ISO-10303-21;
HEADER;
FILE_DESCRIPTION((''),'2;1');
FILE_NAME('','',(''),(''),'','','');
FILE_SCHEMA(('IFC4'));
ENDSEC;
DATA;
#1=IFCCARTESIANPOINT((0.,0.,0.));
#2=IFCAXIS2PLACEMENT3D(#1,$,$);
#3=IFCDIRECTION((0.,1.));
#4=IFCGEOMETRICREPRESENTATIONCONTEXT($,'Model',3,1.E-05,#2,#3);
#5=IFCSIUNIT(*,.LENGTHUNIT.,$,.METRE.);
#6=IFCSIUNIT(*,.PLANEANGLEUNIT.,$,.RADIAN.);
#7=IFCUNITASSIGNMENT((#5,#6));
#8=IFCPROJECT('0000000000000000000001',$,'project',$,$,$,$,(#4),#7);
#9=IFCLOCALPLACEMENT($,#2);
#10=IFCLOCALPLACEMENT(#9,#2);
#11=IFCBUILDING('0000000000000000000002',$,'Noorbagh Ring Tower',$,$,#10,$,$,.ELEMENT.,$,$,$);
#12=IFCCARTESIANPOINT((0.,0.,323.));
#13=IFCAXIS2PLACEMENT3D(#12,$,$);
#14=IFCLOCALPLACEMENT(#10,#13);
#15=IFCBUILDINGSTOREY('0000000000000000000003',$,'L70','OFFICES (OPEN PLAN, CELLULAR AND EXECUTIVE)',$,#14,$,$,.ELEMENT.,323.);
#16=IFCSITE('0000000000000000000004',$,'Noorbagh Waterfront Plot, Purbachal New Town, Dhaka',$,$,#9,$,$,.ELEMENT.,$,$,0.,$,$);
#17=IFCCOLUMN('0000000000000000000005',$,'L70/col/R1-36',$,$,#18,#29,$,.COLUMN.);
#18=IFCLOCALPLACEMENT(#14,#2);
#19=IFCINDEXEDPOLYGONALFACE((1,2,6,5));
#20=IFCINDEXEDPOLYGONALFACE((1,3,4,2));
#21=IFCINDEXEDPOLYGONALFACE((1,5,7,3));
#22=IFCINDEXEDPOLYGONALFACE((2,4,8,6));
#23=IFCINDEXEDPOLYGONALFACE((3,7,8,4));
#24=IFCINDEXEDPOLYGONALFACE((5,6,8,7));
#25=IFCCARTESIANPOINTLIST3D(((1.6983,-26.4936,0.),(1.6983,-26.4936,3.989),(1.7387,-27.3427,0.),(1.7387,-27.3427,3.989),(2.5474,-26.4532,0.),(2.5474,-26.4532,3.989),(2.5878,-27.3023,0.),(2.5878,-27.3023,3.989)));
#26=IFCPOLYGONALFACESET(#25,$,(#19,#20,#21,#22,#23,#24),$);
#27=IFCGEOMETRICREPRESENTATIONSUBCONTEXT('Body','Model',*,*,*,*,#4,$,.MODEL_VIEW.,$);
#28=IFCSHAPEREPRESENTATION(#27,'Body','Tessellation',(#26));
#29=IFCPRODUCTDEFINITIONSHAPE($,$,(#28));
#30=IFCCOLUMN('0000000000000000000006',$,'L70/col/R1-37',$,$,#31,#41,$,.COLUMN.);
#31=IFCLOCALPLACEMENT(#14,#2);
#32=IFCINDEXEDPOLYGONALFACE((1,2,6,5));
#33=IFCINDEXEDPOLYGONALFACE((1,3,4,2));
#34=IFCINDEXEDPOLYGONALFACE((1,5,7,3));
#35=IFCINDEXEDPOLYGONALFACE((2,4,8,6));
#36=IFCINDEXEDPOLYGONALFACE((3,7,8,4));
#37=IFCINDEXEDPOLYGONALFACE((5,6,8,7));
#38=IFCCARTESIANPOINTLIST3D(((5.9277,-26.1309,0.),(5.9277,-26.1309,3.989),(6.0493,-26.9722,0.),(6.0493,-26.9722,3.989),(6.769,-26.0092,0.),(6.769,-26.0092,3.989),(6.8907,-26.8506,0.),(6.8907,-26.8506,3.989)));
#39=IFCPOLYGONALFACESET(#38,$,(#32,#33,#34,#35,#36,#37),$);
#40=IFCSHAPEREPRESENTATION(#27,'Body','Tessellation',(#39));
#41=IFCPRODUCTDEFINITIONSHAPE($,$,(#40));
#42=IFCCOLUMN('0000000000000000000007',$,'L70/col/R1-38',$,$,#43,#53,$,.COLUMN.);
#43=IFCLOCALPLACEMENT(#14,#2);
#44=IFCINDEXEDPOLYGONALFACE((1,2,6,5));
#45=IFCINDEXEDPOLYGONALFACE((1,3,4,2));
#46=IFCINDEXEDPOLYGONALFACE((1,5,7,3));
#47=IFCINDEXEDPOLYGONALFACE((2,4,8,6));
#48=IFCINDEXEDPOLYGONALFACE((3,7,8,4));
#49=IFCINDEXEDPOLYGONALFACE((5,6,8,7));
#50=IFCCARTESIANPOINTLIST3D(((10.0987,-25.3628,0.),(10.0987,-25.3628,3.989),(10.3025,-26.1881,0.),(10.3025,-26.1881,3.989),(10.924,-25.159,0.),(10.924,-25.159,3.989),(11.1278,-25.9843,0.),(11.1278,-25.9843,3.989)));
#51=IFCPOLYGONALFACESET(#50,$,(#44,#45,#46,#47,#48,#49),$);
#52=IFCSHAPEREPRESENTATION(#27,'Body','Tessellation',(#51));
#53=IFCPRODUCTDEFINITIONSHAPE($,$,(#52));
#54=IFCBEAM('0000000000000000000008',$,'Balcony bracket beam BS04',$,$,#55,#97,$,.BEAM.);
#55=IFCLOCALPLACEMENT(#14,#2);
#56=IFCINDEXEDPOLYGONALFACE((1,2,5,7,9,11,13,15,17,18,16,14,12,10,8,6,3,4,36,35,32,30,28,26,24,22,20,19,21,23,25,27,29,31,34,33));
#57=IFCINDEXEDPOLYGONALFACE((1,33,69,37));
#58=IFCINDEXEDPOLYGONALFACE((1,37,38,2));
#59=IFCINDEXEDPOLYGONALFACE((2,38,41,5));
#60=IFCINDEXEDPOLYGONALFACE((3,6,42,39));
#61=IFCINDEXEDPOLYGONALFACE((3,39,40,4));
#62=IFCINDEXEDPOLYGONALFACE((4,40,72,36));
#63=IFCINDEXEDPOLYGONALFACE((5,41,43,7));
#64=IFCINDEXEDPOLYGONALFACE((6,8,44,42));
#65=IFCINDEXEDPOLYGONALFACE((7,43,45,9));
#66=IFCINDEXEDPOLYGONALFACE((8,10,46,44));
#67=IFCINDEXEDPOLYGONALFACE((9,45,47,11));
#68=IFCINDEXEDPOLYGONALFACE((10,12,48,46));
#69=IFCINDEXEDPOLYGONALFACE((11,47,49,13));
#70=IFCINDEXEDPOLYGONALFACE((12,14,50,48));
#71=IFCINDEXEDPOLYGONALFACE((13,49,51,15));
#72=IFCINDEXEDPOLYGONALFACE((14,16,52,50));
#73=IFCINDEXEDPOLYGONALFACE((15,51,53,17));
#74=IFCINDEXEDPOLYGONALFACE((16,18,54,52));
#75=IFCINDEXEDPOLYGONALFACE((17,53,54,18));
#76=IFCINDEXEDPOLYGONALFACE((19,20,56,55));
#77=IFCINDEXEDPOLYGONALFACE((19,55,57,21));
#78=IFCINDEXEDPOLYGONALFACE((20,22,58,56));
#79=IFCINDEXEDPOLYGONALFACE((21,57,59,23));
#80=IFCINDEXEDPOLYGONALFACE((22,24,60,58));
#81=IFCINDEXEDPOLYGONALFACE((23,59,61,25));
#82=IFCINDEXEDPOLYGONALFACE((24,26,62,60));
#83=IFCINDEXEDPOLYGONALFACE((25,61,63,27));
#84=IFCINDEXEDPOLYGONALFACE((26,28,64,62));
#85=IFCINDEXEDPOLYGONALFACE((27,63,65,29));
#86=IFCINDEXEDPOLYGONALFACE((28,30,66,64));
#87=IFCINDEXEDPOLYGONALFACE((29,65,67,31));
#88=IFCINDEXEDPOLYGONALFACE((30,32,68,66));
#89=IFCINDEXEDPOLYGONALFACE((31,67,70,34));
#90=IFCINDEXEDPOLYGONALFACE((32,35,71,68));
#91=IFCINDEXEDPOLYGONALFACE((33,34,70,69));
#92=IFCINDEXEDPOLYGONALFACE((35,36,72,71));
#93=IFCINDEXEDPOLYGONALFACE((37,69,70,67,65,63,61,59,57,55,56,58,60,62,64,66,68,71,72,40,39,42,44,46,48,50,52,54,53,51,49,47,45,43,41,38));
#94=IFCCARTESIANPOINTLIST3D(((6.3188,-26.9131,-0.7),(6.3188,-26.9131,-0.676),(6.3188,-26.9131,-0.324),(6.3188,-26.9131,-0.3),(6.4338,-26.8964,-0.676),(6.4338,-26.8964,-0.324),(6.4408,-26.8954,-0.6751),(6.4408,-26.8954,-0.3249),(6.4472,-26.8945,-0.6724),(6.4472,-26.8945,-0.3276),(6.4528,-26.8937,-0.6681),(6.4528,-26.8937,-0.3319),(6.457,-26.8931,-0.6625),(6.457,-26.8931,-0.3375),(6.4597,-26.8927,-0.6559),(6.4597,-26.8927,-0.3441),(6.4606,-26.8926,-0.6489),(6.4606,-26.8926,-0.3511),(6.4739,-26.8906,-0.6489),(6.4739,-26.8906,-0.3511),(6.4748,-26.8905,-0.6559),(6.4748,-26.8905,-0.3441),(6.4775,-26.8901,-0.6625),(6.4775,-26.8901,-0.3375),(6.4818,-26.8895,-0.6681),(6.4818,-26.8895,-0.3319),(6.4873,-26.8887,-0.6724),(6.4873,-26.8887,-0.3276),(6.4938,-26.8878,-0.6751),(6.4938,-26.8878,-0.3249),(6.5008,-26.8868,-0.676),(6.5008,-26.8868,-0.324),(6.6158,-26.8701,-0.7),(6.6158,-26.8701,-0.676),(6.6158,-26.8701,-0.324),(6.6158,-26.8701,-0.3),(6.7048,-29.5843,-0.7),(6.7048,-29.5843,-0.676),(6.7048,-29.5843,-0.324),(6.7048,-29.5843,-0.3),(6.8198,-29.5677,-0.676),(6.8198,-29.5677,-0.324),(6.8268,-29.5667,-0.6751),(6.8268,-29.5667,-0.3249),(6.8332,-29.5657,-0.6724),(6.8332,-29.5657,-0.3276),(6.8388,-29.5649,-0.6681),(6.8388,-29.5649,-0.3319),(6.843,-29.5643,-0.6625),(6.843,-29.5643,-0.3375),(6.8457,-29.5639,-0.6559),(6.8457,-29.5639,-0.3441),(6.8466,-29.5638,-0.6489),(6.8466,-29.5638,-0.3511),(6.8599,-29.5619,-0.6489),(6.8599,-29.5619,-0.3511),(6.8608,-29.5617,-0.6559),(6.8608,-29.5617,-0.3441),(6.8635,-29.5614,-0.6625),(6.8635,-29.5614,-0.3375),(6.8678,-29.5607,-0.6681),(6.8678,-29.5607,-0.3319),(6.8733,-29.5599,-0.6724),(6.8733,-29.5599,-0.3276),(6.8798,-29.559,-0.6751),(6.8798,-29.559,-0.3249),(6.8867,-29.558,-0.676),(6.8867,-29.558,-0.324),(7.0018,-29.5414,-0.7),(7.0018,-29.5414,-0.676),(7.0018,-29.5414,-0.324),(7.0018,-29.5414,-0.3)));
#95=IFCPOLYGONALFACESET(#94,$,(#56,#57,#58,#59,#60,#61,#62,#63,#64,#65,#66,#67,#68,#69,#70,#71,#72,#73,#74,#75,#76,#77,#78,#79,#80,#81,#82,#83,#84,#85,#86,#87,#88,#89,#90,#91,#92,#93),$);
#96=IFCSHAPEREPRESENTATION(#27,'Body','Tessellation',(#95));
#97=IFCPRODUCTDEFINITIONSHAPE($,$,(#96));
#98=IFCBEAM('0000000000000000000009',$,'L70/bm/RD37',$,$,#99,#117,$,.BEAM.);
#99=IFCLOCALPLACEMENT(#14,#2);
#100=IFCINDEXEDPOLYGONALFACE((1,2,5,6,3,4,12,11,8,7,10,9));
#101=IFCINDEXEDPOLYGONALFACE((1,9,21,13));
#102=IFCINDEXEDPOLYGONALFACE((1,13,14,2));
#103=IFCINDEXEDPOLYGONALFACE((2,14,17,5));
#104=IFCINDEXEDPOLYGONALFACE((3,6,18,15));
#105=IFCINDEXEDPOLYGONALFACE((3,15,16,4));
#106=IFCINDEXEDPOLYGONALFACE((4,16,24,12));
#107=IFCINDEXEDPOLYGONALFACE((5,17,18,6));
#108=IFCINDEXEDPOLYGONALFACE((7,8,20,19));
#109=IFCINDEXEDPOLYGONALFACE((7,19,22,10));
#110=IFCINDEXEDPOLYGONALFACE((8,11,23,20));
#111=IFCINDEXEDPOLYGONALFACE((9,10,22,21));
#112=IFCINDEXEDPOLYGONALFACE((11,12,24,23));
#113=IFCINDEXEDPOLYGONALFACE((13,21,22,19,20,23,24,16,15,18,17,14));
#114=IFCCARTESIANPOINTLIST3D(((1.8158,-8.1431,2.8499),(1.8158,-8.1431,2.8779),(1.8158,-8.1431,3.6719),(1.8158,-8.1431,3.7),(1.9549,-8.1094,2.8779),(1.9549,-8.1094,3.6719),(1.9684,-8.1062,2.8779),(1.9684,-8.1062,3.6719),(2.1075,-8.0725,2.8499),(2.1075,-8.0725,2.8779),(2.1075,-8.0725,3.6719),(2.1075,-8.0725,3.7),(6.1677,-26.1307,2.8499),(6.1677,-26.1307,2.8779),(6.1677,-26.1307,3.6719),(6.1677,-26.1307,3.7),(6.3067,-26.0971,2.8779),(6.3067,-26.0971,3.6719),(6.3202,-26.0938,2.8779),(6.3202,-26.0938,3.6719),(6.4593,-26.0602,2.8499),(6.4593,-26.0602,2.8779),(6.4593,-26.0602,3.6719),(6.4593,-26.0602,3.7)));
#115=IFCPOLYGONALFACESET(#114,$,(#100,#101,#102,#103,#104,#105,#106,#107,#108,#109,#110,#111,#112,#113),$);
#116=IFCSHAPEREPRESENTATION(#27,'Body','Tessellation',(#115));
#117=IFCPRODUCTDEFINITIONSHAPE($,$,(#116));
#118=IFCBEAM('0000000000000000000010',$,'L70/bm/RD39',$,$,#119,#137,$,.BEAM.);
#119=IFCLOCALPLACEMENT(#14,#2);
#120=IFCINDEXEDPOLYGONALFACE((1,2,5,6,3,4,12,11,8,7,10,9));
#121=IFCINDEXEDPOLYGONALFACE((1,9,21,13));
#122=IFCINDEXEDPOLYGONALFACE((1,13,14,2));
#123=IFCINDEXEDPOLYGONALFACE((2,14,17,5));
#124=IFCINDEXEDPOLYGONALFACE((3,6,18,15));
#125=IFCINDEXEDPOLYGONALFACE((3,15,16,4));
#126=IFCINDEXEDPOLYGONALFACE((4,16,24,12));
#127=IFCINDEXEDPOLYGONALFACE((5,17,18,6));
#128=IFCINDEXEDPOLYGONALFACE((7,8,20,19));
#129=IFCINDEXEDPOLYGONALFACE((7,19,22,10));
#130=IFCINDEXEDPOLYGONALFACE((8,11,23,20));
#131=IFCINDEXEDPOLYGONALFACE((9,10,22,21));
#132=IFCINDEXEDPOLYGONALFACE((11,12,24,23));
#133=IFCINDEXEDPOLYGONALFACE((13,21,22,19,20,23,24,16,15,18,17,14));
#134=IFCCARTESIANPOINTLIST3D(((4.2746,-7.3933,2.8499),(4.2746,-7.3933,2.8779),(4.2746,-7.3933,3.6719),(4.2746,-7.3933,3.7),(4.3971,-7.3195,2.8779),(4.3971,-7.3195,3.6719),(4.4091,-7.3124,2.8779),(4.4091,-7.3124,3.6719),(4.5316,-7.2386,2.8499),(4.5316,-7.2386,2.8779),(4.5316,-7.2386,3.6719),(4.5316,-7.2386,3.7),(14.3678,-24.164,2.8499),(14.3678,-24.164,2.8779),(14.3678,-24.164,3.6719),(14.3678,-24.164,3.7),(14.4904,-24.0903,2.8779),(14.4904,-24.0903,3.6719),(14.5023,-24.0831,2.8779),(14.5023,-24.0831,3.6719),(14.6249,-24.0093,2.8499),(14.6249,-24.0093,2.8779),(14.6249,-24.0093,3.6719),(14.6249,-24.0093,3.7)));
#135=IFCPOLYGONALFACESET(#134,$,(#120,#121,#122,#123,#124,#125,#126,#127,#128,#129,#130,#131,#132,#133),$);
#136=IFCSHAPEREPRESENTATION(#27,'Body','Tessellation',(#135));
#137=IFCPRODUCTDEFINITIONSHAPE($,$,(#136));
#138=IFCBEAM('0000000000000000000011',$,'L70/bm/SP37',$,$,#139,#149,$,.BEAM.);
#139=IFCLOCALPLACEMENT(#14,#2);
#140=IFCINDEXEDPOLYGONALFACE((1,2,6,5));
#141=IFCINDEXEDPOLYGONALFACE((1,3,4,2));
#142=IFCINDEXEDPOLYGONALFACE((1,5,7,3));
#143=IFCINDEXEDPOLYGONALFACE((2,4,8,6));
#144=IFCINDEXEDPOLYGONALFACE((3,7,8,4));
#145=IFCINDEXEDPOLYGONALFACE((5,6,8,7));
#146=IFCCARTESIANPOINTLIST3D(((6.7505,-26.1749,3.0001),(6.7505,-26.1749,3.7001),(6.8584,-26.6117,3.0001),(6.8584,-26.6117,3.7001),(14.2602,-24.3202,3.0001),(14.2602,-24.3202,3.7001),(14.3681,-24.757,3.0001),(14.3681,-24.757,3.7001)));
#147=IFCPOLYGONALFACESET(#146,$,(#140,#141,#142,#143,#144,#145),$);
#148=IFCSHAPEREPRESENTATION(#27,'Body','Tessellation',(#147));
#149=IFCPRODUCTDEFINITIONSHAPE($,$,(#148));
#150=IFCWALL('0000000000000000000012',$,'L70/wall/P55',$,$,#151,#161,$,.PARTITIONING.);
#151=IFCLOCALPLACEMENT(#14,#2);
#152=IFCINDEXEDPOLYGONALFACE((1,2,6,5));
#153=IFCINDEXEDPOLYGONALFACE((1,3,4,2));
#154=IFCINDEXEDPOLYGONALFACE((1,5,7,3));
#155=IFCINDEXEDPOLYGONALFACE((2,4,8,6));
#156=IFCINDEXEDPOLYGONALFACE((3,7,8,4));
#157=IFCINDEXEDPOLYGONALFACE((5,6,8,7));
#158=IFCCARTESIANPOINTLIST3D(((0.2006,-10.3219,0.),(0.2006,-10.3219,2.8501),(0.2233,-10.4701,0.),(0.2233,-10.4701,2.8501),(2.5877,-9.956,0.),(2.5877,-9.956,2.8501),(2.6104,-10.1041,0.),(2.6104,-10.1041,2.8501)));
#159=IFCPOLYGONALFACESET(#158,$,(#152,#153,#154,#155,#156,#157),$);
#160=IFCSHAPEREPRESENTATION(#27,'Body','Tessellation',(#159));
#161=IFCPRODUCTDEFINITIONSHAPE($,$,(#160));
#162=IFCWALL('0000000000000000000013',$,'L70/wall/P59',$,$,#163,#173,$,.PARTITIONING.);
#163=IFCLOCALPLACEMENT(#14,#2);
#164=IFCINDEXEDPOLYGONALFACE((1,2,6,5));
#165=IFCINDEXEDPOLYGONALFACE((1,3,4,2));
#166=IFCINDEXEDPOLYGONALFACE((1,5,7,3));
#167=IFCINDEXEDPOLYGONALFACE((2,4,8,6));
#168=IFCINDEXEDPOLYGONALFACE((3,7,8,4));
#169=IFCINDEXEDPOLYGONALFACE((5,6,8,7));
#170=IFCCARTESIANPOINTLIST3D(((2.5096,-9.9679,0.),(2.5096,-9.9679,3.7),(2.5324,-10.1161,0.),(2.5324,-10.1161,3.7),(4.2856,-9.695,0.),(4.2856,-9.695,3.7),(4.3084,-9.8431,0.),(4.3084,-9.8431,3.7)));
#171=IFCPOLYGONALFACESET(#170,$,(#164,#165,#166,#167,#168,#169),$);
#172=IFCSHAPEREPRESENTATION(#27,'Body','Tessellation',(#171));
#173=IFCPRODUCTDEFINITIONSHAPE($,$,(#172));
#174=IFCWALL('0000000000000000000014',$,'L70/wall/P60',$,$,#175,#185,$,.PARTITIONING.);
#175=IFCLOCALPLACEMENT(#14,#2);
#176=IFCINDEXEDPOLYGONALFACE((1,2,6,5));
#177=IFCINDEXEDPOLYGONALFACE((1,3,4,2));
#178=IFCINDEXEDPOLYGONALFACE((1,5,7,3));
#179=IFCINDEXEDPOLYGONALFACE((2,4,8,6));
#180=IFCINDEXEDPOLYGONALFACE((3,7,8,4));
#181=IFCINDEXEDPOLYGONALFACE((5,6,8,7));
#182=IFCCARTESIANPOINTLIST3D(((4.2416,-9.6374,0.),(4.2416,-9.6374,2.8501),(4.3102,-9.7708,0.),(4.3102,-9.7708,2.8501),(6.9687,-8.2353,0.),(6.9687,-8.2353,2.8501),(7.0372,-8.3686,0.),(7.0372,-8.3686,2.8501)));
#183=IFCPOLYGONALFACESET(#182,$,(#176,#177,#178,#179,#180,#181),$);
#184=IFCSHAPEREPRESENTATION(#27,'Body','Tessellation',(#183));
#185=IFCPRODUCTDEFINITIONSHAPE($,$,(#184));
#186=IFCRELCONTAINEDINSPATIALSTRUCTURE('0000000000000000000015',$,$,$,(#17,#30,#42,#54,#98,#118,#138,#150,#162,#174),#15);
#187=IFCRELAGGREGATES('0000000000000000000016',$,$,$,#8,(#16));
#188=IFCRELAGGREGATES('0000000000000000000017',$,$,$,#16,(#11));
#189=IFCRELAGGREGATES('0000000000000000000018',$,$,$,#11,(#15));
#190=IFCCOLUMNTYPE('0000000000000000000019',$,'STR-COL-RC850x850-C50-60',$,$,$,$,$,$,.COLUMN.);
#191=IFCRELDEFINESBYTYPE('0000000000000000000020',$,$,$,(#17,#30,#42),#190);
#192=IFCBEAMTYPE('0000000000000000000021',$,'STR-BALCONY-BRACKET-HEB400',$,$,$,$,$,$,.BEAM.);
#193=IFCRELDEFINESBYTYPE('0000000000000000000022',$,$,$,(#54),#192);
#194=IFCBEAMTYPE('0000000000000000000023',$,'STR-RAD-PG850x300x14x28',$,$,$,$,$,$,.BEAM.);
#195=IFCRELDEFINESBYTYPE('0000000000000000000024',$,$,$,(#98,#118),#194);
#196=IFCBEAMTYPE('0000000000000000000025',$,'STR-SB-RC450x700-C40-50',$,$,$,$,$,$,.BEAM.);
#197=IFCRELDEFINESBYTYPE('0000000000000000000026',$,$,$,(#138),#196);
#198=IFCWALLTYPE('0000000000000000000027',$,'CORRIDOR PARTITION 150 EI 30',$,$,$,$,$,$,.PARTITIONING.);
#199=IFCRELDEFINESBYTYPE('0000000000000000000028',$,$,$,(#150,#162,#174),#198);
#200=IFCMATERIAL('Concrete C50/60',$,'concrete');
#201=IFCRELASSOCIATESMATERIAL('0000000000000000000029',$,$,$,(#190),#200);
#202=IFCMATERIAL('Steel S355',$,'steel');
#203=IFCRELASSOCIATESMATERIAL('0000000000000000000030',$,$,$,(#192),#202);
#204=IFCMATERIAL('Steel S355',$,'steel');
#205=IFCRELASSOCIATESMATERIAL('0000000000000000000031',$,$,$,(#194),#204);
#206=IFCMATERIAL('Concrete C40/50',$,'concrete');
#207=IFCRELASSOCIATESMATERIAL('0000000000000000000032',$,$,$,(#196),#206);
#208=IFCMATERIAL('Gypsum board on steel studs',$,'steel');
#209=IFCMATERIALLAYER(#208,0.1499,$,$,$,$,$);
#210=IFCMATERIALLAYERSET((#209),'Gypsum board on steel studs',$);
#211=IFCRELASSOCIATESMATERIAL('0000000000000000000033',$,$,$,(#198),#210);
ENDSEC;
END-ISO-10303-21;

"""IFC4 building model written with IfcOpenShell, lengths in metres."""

from ifc_helpers import new_model, si_unit, direction, frame, frame_2d, origin, origin_2d, place, context, subcontext, project, spatial, rectangle, i_section, extrude, material, layer, layer_set, material_profile, profile_set, type_object, element, save


model = new_model("IFC4")

# Units and contexts
model_context = context("Model", 3, precision=1e-05, world=origin(), true_north=direction((0.0, 1.0)))
body_context = subcontext(model_context, "Body", "Model", "MODEL_VIEW")
ifc_project = project(units=[si_unit("LENGTHUNIT", "METRE"), si_unit("PLANEANGLEUNIT", "RADIAN")], contexts=[model_context])

# Site, building, storey
site_placement = place(None, origin())
site = spatial("IfcSite", under=ifc_project, at=site_placement, Name="Noorbagh Waterfront Plot, Purbachal New Town, Dhaka", CompositionType="ELEMENT", RefElevation=0.0)
building_placement = place(site_placement, origin())
building = spatial("IfcBuilding", under=site, at=building_placement, Name="Noorbagh Ring Tower", CompositionType="ELEMENT")
storey_placement = place(building_placement, frame((0.0, 0.0, 323.0)))
storey = spatial("IfcBuildingStorey", under=building, at=storey_placement, Name="L70", Description="OFFICES (OPEN PLAN, CELLULAR AND EXECUTIVE)", CompositionType="ELEMENT", Elevation=323.0)

# Columns
ifc_material_1 = material(Name="Concrete C50/60", Category="concrete")
ifc_material_profile_1 = material_profile(ifc_material_1, rectangle(XDim=0.8501, YDim=0.8501, at=origin_2d()), Name="RC850x850")
ifc_profile_set_1 = profile_set([ifc_material_profile_1], Name="Concrete C50/60")
column_type = type_object("IfcColumnType", Name="STR-COL-RC850x850-C50-60", PredefinedType="COLUMN", material=ifc_profile_set_1)
for number, where, z_axis, x_axis, name in (
    (1, (2.1431, -26.8979, 0.0), (0.0, 0.0, 1.0), (0.998869, 0.047553, 0.0), "L70/col/R1-36"),
    (2, (6.4092, -26.4907, 0.0), (0.0, 0.0, 1.0), (0.989713, 0.143066, 0.0), "L70/col/R1-37"),
    (3, (10.6133, -25.6736, 0.0), (0.0, 0.0, 1.0), (0.970829, 0.239771, 0.0), "L70/col/R1-38"),
):
    element("IfcColumn", number, at=place(storey_placement, frame(where, z_axis=z_axis, x_axis=x_axis)), inside=storey, type_object=column_type, Name=name, PredefinedType="COLUMN", context=body_context, shape_type="SweptSolid", body=[
        extrude(rectangle(XDim=0.8501, YDim=0.8501, at=origin_2d()), origin(), (0.0, 0.0, 1.0), 3.989),
    ])

# Beams
ifc_material_2 = material(Name="Steel S355", Category="steel")
ifc_material_profile_2 = material_profile(ifc_material_2, i_section(OverallWidth=0.3, OverallDepth=0.3999, WebThickness=0.0134, FlangeThickness=0.0239, FilletRadius=0.0271, at=origin_2d()), Name="HEB400")
ifc_profile_set_2 = profile_set([ifc_material_profile_2], Name="Steel S355")
beam_type_1 = type_object("IfcBeamType", Name="STR-BALCONY-BRACKET-HEB400", PredefinedType="BEAM", material=ifc_profile_set_2)
beam_1_placement = place(storey_placement, frame((6.4673, -26.8916, -0.5), z_axis=(0.143017, -0.98972, 0.0), x_axis=(0.98972, 0.143017, 0.0)))
element("IfcBeam", 4, at=beam_1_placement, inside=storey, type_object=beam_type_1, Name="Balcony bracket beam BS04", PredefinedType="BEAM", context=body_context, shape_type="SweptSolid", body=[
    extrude(i_section(OverallWidth=0.3, OverallDepth=0.3999, WebThickness=0.0134, FlangeThickness=0.0239, FilletRadius=0.0271, at=origin_2d()), origin(), (0.0, 0.0, 1.0), 2.699),
])
ifc_material_3 = material(Name="Steel S355", Category="steel")
ifc_material_profile_3 = material_profile(ifc_material_3, i_section(OverallWidth=0.3, OverallDepth=0.8501, WebThickness=0.0139, FlangeThickness=0.0281, at=origin_2d()), Name="PG850x300x14x28")
ifc_profile_set_3 = profile_set([ifc_material_profile_3], Name="Steel S355")
beam_type_2 = type_object("IfcBeamType", Name="STR-RAD-PG850x300x14x28", PredefinedType="BEAM", material=ifc_profile_set_3)
beam_2_placement = place(storey_placement, frame((6.3135, -26.0955, 3.2749), z_axis=(-0.23515, 0.971959, 0.0), x_axis=(-0.971959, -0.23515, 0.0)))
element("IfcBeam", 5, at=beam_2_placement, inside=storey, type_object=beam_type_2, Name="L70/bm/RD37", PredefinedType="BEAM", context=body_context, shape_type="SweptSolid", body=[
    extrude(i_section(OverallWidth=0.3, OverallDepth=0.8501, WebThickness=0.0139, FlangeThickness=0.0281, at=origin_2d()), origin(), (0.0, 0.0, 1.0), 18.5066),
])
beam_3_placement = place(storey_placement, frame((14.4963, -24.0867, 3.2749), z_axis=(-0.515653, 0.856798, 0.0), x_axis=(-0.856798, -0.515653, 0.0)))
element("IfcBeam", 6, at=beam_3_placement, inside=storey, type_object=beam_type_2, Name="L70/bm/RD39", PredefinedType="BEAM", context=body_context, shape_type="SweptSolid", body=[
    extrude(i_section(OverallWidth=0.3, OverallDepth=0.8501, WebThickness=0.0139, FlangeThickness=0.0281, at=origin_2d()), origin(), (0.0, 0.0, 1.0), 19.5737),
])
ifc_material_4 = material(Name="Concrete C40/50", Category="concrete")
ifc_material_profile_4 = material_profile(ifc_material_4, rectangle(XDim=0.45, YDim=0.7, at=origin_2d()), Name="RC450x700")
ifc_profile_set_4 = profile_set([ifc_material_profile_4], Name="Concrete C40/50")
beam_type_3 = type_object("IfcBeamType", Name="STR-SB-RC450x700-C40-50", PredefinedType="BEAM", material=ifc_profile_set_4)
beam_4_placement = place(storey_placement, frame((6.8044, -26.3933, 3.3501), z_axis=(0.970829, 0.239772, 0.0), x_axis=(-0.239772, 0.970829, 0.0)))
element("IfcBeam", 7, at=beam_4_placement, inside=storey, type_object=beam_type_3, Name="L70/bm/SP37", PredefinedType="BEAM", context=body_context, shape_type="SweptSolid", body=[
    extrude(rectangle(XDim=0.45, YDim=0.7, at=origin_2d()), origin(), (0.0, 0.0, 1.0), 7.7354),
])

# Walls
ifc_material_5 = material(Name="Gypsum board on steel studs", Category="steel")
ifc_layer_1 = layer(ifc_material_5, 0.1499)
ifc_layer_set_1 = layer_set([ifc_layer_1], Name="Gypsum board on steel studs")
wall_type_1 = type_object("IfcWallType", Name="CORRIDOR PARTITION 150 EI 30", PredefinedType="PARTITIONING", material=ifc_layer_set_1)
wall_1_placement = place(storey_placement, frame((0.2119, -10.396, 0.0), z_axis=(0.0, 0.0, 1.0), x_axis=(0.988452, 0.151533, 0.0)))
element("IfcWall", 8, at=wall_1_placement, inside=storey, type_object=wall_type_1, Name="L70/wall/P55", PredefinedType="PARTITIONING", context=body_context, shape_type="SweptSolid", body=[
    extrude(rectangle(XDim=2.415, YDim=0.1499, at=frame_2d((1.2075, 0.0))), origin(), (0.0, 0.0, 1.0), 2.8501),
])
wall_2_placement = place(storey_placement, frame((2.521, -10.042, 0.0), z_axis=(0.0, 0.0, 1.0), x_axis=(0.988397, 0.151894, 0.0)))
element("IfcWall", 9, at=wall_2_placement, inside=storey, type_object=wall_type_1, Name="L70/wall/P59", PredefinedType="PARTITIONING", context=body_context, shape_type="SweptSolid", body=[
    extrude(rectangle(XDim=1.7969, YDim=0.1499, at=frame_2d((0.8984, 0.0))), origin(), (0.0, 0.0, 1.0), 3.7),
])
wall_3_placement = place(storey_placement, frame((4.2759, -9.7041, 0.0), z_axis=(0.0, 0.0, 1.0), x_axis=(0.889339, 0.457249, 0.0)))
element("IfcWall", 10, at=wall_3_placement, inside=storey, type_object=wall_type_1, Name="L70/wall/P60", PredefinedType="PARTITIONING", context=body_context, shape_type="SweptSolid", body=[
    extrude(rectangle(XDim=3.0664, YDim=0.1499, at=frame_2d((1.5332, 0.0))), origin(), (0.0, 0.0, 1.0), 2.8501),
])

save(model, "model.ifc")
